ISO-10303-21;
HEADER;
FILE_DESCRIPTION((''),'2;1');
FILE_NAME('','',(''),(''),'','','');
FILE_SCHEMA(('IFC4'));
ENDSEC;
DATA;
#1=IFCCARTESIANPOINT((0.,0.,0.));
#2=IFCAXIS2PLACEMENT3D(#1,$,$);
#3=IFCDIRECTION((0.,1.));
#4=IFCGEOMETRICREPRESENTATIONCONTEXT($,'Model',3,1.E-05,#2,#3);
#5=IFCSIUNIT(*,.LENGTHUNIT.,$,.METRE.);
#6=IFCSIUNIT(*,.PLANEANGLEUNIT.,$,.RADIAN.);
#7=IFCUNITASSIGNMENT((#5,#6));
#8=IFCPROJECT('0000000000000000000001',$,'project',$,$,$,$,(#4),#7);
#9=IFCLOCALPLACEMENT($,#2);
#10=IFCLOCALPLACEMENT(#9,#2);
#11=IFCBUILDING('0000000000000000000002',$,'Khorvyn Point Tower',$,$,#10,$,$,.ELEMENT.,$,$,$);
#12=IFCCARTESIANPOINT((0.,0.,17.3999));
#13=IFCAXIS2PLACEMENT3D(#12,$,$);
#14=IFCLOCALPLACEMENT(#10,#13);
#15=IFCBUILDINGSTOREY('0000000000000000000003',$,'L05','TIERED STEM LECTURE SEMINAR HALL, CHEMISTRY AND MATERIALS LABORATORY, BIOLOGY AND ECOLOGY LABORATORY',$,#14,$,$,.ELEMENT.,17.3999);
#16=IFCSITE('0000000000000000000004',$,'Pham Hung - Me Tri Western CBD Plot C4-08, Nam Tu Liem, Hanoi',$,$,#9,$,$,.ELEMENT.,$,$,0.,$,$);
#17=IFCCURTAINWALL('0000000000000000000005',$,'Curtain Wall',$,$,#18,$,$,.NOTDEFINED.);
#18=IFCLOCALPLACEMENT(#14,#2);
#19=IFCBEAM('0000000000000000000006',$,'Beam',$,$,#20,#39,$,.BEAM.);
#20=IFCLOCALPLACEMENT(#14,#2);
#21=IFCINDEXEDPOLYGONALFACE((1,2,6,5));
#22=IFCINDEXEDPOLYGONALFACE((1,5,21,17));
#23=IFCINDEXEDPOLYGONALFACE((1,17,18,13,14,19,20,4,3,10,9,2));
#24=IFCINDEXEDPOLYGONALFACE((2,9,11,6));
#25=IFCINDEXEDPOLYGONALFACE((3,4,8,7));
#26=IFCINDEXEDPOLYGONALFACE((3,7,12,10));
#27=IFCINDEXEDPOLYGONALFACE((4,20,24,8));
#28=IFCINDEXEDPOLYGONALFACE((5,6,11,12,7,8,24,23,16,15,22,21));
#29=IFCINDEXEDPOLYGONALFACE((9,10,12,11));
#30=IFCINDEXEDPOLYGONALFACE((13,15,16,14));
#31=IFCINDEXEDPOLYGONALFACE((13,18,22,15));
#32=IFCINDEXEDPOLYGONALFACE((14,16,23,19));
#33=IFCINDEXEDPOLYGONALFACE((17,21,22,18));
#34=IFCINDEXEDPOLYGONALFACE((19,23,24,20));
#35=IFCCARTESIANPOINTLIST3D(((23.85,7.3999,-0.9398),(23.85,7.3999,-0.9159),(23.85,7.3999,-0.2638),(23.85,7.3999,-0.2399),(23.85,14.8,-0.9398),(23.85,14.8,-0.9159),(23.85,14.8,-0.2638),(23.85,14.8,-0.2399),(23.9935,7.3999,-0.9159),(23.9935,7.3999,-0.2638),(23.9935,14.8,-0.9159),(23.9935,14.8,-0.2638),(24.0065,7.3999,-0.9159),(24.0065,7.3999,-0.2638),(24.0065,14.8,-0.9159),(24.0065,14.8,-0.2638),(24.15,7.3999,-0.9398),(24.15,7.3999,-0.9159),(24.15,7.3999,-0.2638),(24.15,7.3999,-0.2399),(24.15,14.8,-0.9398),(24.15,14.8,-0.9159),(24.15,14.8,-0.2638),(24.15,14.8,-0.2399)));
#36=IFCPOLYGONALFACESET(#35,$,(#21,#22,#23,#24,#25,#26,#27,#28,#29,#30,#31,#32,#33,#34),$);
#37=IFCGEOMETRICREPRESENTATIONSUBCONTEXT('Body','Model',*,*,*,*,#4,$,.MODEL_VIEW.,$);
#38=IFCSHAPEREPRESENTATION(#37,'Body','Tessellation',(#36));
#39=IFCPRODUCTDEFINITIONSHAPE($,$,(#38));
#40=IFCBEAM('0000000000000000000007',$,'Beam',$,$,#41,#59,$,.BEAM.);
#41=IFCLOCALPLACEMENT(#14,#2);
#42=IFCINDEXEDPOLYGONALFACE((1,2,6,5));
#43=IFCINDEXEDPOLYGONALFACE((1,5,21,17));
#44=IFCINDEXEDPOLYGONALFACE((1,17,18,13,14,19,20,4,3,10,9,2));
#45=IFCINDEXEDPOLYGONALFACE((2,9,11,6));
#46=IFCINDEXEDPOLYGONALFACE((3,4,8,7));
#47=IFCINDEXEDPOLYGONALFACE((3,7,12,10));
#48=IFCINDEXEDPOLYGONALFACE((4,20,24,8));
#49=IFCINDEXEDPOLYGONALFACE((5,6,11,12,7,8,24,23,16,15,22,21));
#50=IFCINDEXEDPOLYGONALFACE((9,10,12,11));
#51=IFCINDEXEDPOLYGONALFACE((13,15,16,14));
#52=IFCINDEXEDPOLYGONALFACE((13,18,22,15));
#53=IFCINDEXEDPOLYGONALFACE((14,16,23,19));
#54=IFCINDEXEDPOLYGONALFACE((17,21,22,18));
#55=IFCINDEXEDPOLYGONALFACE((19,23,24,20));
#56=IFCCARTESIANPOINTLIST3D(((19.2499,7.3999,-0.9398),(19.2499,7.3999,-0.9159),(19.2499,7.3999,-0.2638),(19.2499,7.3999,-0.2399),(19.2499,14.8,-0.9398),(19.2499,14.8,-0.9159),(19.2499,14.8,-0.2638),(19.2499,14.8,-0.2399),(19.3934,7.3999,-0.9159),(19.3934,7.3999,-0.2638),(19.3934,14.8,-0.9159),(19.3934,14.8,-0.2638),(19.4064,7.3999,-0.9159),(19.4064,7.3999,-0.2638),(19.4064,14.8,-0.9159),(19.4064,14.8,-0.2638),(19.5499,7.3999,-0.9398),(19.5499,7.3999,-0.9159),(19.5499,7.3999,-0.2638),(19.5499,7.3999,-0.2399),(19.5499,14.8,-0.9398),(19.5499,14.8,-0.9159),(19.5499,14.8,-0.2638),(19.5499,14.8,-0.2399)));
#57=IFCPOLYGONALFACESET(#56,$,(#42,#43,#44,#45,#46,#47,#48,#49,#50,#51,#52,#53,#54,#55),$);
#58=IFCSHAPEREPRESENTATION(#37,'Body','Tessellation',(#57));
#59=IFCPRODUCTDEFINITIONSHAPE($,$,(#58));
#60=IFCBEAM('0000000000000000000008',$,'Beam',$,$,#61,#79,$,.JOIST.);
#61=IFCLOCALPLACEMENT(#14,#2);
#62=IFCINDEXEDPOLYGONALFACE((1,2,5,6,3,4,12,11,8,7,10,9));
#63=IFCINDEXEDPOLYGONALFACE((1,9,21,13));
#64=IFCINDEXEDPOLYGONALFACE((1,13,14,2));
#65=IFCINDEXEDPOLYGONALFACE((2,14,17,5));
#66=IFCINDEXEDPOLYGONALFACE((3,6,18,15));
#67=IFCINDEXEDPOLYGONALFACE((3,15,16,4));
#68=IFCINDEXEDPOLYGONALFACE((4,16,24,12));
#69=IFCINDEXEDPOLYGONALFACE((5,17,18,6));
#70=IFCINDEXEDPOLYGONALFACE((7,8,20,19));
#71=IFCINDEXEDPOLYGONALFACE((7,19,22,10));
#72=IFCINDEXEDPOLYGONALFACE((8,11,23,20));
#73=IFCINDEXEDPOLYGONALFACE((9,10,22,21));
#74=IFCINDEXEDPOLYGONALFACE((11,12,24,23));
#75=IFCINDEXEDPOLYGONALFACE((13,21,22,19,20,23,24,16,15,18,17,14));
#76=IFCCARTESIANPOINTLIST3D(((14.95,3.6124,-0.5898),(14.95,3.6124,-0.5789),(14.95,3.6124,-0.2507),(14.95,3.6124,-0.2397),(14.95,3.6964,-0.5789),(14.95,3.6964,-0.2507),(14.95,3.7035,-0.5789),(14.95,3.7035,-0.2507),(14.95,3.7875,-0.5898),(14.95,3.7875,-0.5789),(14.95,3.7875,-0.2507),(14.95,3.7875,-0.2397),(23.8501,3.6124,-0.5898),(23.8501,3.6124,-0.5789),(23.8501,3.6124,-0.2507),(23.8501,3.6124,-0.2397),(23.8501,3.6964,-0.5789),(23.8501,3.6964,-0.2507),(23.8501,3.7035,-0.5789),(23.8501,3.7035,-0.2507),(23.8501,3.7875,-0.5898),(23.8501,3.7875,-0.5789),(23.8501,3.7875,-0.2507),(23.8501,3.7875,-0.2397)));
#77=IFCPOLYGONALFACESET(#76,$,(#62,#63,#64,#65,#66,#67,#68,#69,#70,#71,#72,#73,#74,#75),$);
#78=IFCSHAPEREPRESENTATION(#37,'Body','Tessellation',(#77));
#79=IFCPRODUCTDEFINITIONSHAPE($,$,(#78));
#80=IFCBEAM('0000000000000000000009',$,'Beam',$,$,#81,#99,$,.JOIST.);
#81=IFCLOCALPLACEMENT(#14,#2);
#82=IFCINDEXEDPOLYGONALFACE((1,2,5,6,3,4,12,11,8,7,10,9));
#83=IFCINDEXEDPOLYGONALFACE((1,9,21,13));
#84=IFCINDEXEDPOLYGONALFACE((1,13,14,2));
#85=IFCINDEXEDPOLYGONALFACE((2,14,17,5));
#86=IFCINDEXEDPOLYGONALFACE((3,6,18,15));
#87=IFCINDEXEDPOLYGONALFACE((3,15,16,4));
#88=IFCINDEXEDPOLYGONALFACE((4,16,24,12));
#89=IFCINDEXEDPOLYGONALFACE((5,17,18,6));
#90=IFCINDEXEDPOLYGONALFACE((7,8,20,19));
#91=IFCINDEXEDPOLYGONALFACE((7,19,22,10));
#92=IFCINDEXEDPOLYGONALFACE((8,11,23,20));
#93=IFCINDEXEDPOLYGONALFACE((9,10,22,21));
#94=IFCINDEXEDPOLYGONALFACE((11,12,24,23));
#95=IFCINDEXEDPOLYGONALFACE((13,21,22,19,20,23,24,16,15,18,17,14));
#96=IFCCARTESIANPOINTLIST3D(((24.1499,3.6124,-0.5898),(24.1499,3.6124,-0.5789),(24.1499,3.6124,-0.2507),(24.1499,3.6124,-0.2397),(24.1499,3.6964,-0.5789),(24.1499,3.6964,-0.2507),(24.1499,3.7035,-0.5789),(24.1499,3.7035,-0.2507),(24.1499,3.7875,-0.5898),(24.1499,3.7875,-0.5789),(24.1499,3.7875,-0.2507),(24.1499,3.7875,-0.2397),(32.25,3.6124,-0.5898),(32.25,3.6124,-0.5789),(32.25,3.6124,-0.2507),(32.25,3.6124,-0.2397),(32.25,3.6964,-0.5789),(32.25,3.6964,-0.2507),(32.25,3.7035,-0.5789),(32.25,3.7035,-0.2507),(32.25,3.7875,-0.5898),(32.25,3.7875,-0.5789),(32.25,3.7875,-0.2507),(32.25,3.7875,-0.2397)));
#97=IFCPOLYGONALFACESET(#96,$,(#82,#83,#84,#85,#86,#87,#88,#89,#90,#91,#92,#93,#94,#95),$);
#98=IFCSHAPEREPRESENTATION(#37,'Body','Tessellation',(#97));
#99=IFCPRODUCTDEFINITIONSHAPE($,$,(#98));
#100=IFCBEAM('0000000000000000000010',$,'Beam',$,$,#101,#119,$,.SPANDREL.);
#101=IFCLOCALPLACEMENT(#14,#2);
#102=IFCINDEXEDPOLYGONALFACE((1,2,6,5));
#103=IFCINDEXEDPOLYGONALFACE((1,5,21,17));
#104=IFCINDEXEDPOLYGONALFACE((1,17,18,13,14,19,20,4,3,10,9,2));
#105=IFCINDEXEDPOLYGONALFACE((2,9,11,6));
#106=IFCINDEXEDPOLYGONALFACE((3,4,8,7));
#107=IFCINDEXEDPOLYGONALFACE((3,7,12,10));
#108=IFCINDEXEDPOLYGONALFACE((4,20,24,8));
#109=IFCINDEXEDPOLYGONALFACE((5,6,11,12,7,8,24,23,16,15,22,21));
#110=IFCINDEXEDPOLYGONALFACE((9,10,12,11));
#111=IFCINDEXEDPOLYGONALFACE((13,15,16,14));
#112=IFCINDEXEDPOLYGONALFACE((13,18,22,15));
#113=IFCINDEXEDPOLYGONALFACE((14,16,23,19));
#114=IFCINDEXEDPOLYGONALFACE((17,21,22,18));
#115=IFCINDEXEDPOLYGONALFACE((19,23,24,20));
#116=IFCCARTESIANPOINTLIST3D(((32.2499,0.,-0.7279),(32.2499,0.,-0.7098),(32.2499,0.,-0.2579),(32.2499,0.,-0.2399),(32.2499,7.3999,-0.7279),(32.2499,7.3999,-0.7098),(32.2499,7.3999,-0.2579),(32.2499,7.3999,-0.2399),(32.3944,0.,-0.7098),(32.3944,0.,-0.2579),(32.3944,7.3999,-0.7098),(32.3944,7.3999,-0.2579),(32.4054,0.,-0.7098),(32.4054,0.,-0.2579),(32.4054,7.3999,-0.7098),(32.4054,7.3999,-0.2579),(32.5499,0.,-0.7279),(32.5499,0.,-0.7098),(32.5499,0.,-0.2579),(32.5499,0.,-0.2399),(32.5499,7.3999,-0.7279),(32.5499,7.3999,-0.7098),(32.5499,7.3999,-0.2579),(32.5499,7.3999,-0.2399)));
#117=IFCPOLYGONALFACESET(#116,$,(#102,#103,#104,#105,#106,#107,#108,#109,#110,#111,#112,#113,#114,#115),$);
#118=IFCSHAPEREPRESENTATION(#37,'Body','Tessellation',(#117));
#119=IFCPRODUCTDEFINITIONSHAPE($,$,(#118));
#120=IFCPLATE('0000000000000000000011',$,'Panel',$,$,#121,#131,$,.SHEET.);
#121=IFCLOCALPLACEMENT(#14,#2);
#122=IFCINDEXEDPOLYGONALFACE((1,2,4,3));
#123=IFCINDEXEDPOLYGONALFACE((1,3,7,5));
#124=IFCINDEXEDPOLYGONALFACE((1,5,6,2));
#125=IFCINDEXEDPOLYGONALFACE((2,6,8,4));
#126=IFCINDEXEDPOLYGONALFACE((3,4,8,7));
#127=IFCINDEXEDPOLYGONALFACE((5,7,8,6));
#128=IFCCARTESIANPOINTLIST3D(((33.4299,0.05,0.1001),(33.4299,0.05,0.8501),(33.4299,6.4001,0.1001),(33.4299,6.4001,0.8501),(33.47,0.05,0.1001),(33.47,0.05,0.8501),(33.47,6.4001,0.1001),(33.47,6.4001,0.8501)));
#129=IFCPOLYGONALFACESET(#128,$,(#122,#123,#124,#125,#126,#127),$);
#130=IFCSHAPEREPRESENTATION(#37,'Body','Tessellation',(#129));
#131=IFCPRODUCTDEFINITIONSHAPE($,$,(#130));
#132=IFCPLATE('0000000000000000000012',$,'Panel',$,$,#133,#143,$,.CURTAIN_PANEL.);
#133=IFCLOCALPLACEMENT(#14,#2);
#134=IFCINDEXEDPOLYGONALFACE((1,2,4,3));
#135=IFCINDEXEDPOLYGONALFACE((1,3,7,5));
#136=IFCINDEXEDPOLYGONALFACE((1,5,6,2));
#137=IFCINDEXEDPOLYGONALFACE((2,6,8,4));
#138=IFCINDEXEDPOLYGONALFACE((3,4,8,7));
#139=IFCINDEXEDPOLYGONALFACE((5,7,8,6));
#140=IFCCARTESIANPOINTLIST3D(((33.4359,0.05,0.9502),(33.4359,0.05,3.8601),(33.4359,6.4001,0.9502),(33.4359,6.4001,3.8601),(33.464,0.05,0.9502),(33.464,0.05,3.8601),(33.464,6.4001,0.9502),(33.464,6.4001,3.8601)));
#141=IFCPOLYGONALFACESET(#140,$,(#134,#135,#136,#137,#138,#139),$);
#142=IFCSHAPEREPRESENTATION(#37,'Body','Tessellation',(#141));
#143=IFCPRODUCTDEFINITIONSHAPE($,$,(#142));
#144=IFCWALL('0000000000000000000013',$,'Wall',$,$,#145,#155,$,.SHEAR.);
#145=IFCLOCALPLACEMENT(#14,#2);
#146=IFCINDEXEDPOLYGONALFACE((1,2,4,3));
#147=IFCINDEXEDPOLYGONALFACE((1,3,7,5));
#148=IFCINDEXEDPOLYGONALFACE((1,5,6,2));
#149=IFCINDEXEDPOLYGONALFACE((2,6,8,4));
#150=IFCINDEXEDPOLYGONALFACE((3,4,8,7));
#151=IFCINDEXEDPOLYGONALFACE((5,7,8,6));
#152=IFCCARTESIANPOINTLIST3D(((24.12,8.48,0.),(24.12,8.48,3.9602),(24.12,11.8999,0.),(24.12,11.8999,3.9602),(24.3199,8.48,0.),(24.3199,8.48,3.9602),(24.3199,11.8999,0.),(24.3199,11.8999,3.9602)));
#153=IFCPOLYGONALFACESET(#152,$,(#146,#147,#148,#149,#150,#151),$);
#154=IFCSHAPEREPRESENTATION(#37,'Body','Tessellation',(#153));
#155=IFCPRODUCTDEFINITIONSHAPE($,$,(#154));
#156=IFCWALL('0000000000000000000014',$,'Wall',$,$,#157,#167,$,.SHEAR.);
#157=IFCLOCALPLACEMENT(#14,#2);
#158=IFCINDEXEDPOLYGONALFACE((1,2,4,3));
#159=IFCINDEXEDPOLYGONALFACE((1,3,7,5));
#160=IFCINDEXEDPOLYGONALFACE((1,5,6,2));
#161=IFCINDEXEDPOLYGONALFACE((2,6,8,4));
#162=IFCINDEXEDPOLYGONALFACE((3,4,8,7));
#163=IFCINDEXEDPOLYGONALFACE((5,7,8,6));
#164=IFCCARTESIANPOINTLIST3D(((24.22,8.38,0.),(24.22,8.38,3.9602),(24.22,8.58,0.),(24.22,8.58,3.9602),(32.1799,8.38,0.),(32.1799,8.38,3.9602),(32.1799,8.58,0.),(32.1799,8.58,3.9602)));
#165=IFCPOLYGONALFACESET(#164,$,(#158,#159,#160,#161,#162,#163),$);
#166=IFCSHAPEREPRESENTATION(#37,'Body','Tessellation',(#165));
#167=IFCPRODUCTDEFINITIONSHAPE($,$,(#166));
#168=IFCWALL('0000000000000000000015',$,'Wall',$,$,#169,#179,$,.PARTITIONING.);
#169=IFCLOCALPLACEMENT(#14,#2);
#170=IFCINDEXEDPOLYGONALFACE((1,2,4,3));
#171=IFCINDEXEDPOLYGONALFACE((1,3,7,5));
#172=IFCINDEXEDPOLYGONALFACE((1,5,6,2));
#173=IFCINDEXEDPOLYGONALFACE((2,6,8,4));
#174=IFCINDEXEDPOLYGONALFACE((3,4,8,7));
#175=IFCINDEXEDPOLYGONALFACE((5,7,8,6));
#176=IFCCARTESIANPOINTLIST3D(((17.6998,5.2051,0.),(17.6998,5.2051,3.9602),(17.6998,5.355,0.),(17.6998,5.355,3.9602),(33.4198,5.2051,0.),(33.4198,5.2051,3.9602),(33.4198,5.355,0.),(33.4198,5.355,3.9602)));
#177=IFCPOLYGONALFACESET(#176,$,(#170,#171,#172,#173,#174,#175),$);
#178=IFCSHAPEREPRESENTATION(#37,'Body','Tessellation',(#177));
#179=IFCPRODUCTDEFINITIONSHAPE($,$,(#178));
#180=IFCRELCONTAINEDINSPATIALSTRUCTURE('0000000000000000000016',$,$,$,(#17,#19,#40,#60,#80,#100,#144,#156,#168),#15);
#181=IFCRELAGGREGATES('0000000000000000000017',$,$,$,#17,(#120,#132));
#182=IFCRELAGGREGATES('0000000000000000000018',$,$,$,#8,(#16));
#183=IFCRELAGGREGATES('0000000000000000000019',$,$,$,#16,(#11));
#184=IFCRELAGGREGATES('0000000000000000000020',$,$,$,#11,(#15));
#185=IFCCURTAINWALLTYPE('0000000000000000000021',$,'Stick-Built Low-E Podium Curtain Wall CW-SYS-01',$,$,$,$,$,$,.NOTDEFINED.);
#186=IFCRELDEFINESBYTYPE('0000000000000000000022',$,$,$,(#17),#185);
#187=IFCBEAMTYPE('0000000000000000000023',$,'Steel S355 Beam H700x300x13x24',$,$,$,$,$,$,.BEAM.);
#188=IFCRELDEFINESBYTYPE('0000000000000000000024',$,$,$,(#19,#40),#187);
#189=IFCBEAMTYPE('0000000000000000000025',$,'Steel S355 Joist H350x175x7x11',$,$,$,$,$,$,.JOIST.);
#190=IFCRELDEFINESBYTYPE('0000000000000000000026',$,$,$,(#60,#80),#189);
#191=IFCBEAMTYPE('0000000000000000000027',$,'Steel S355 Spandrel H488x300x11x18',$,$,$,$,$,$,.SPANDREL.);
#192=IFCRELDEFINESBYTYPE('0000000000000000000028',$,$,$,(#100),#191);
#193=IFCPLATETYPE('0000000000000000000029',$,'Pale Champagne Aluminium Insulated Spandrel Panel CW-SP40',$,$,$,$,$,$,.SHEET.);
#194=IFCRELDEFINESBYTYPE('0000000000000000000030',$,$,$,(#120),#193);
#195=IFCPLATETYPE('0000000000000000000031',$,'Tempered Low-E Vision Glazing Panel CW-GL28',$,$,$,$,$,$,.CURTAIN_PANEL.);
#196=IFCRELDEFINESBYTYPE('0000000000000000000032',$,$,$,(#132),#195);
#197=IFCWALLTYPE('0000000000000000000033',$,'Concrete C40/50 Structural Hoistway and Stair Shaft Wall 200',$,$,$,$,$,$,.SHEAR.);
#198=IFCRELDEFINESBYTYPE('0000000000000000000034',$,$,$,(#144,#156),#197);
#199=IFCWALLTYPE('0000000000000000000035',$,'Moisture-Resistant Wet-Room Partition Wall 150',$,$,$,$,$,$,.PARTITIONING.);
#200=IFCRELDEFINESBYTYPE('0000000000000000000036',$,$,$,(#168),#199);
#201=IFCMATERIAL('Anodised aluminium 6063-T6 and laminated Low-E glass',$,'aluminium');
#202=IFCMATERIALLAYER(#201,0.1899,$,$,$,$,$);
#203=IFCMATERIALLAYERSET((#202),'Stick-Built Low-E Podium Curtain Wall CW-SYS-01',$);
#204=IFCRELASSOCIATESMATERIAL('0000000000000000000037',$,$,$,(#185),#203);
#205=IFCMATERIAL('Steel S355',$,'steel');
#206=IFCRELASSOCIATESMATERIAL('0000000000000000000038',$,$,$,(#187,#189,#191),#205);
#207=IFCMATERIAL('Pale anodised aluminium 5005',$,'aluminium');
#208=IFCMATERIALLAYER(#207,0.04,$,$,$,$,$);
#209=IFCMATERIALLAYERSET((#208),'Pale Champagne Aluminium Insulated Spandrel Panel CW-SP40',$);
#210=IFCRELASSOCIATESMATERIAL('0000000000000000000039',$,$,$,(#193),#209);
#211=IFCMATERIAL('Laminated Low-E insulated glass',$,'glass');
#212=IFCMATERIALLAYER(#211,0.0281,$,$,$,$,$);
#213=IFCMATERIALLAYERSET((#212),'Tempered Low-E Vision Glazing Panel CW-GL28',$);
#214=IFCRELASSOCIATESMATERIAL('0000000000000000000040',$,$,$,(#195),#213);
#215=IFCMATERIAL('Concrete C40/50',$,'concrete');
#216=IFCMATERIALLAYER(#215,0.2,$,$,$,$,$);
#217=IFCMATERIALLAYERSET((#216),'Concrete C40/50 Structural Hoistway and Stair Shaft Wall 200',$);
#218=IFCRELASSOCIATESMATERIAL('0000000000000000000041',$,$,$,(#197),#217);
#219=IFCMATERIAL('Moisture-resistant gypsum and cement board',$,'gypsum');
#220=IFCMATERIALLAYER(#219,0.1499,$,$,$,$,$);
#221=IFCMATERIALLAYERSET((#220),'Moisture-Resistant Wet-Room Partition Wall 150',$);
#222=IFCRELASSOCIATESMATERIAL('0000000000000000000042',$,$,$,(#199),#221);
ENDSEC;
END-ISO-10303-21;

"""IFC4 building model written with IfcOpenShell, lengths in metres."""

from ifc_helpers import new_model, si_unit, direction, frame, frame_2d, origin, origin_2d, place, context, subcontext, project, spatial, rectangle, i_section, extrude, material, layer, layer_set, material_profile, profile_set, type_object, element, aggregate, save


model = new_model("IFC4")

# Units and contexts
model_context = context("Model", 3, precision=1e-05, world=origin(), true_north=direction((0.0, 1.0)))
body_context = subcontext(model_context, "Body", "Model", "MODEL_VIEW")
ifc_project = project(units=[si_unit("LENGTHUNIT", "METRE"), si_unit("PLANEANGLEUNIT", "RADIAN")], contexts=[model_context])

# Site, building, storey
site_placement = place(None, origin())
site = spatial("IfcSite", under=ifc_project, at=site_placement, Name="Pham Hung - Me Tri Western CBD Plot C4-08, Nam Tu Liem, Hanoi", CompositionType="ELEMENT", RefElevation=0.0)
building_placement = place(site_placement, origin())
building = spatial("IfcBuilding", under=site, at=building_placement, Name="Khorvyn Point Tower", CompositionType="ELEMENT")
storey_placement = place(building_placement, frame((0.0, 0.0, 17.3999)))
storey = spatial("IfcBuildingStorey", under=building, at=storey_placement, Name="L05", Description="TIERED STEM LECTURE SEMINAR HALL, CHEMISTRY AND MATERIALS LABORATORY, BIOLOGY AND ECOLOGY LABORATORY", CompositionType="ELEMENT", Elevation=17.3999)

# Shared definitions
ifc_material_1 = material(Name="Concrete C40/50", Category="concrete")

# Curtain wall
ifc_material_2 = material(Name="Anodised aluminium 6063-T6 and laminated Low-E glass", Category="aluminium")
ifc_layer_1 = layer(ifc_material_2, 0.1899)
ifc_layer_set_1 = layer_set([ifc_layer_1], Name="Stick-Built Low-E Podium Curtain Wall CW-SYS-01")
curtain_wall_type = type_object("IfcCurtainWallType", Name="Stick-Built Low-E Podium Curtain Wall CW-SYS-01", PredefinedType="NOTDEFINED", material=ifc_layer_set_1)
curtain_wall_placement = place(storey_placement, origin())
curtain_wall = element("IfcCurtainWall", 1, at=curtain_wall_placement, inside=storey, type_object=curtain_wall_type, Name="Curtain Wall", PredefinedType="NOTDEFINED")

# Beams
ifc_material_3 = material(Name="Steel S355", Category="steel")
ifc_material_profile_1 = material_profile(ifc_material_3, i_section(OverallWidth=0.3, OverallDepth=0.7, WebThickness=0.0129, FlangeThickness=0.0239, at=origin_2d()))
ifc_profile_set_1 = profile_set([ifc_material_profile_1], Name="Steel S355 H700x300x13x24")
beam_type_1 = type_object("IfcBeamType", Name="Steel S355 Beam H700x300x13x24", PredefinedType="BEAM", material=ifc_profile_set_1)
for number, where, z_axis, x_axis, name in (
    (2, (24.0, 7.3999, -0.5898), (0.0, 1.0, 0.0), (-1.0, 0.0, 0.0), "Beam"),
    (3, (19.3999, 7.3999, -0.5898), (0.0, 1.0, 0.0), (-1.0, 0.0, 0.0), "Beam"),
):
    element("IfcBeam", number, at=place(storey_placement, frame(where, z_axis=z_axis, x_axis=x_axis)), inside=storey, type_object=beam_type_1, Name=name, PredefinedType="BEAM", context=body_context, shape_type="SweptSolid", body=[
        extrude(i_section(OverallWidth=0.3, OverallDepth=0.7, WebThickness=0.0129, FlangeThickness=0.0239, at=origin_2d()), origin(), (0.0, 0.0, 1.0), 7.4001),
    ])
ifc_material_profile_2 = material_profile(ifc_material_3, i_section(OverallWidth=0.175, OverallDepth=0.3501, WebThickness=0.0071, FlangeThickness=0.011, at=origin_2d()))
ifc_profile_set_2 = profile_set([ifc_material_profile_2], Name="Steel S355 H350x175x7x11")
beam_type_2 = type_object("IfcBeamType", Name="Steel S355 Joist H350x175x7x11", PredefinedType="JOIST", material=ifc_profile_set_2)
beam_1_placement = place(storey_placement, frame((14.95, 3.7, -0.4148), z_axis=(1.0, 0.0, 0.0), x_axis=(0.0, 1.0, 0.0)))
element("IfcBeam", 4, at=beam_1_placement, inside=storey, type_object=beam_type_2, Name="Beam", PredefinedType="JOIST", context=body_context, shape_type="SweptSolid", body=[
    extrude(i_section(OverallWidth=0.175, OverallDepth=0.3501, WebThickness=0.0071, FlangeThickness=0.011, at=origin_2d()), origin(), (0.0, 0.0, 1.0), 8.9001),
])
beam_2_placement = place(storey_placement, frame((24.1499, 3.7, -0.4148), z_axis=(1.0, 0.0, 0.0), x_axis=(0.0, 1.0, 0.0)))
element("IfcBeam", 5, at=beam_2_placement, inside=storey, type_object=beam_type_2, Name="Beam", PredefinedType="JOIST", context=body_context, shape_type="SweptSolid", body=[
    extrude(i_section(OverallWidth=0.175, OverallDepth=0.3501, WebThickness=0.0071, FlangeThickness=0.011, at=origin_2d()), origin(), (0.0, 0.0, 1.0), 8.1001),
])
ifc_material_profile_3 = material_profile(ifc_material_3, i_section(OverallWidth=0.3, OverallDepth=0.488, WebThickness=0.011, FlangeThickness=0.0181, at=origin_2d()))
ifc_profile_set_3 = profile_set([ifc_material_profile_3], Name="Steel S355 H488x300x11x18")
beam_type_3 = type_object("IfcBeamType", Name="Steel S355 Spandrel H488x300x11x18", PredefinedType="SPANDREL", material=ifc_profile_set_3)
beam_3_placement = place(storey_placement, frame((32.3999, 0.0, -0.4839), z_axis=(0.0, 1.0, 0.0), x_axis=(-1.0, 0.0, 0.0)))
element("IfcBeam", 6, at=beam_3_placement, inside=storey, type_object=beam_type_3, Name="Beam", PredefinedType="SPANDREL", context=body_context, shape_type="SweptSolid", body=[
    extrude(i_section(OverallWidth=0.3, OverallDepth=0.488, WebThickness=0.011, FlangeThickness=0.0181, at=origin_2d()), origin(), (0.0, 0.0, 1.0), 7.3999),
])

# Plates
ifc_material_4 = material(Name="Pale anodised aluminium 5005", Category="aluminium")
ifc_layer_2 = layer(ifc_material_4, 0.04)
ifc_layer_set_2 = layer_set([ifc_layer_2], Name="Pale Champagne Aluminium Insulated Spandrel Panel CW-SP40")
plate_type_1 = type_object("IfcPlateType", Name="Pale Champagne Aluminium Insulated Spandrel Panel CW-SP40", PredefinedType="SHEET", material=ifc_layer_set_2)
plate_1_placement = place(storey_placement, frame((33.45, 3.2251, 0.1001), z_axis=(0.0, 0.0, 1.0), x_axis=(0.0, 1.0, 0.0)))
plate_1 = element("IfcPlate", 7, at=plate_1_placement, type_object=plate_type_1, Name="Panel", PredefinedType="SHEET", context=body_context, shape_type="SweptSolid", body=[
    extrude(rectangle(XDim=6.3501, YDim=0.04, at=origin_2d()), origin(), (0.0, 0.0, 1.0), 0.75),
])
ifc_material_5 = material(Name="Laminated Low-E insulated glass", Category="glass")
ifc_layer_3 = layer(ifc_material_5, 0.0281)
ifc_layer_set_3 = layer_set([ifc_layer_3], Name="Tempered Low-E Vision Glazing Panel CW-GL28")
plate_type_2 = type_object("IfcPlateType", Name="Tempered Low-E Vision Glazing Panel CW-GL28", PredefinedType="CURTAIN_PANEL", material=ifc_layer_set_3)
plate_2_placement = place(storey_placement, frame((33.45, 3.2251, 0.9502), z_axis=(0.0, 0.0, 1.0), x_axis=(0.0, 1.0, 0.0)))
plate_2 = element("IfcPlate", 8, at=plate_2_placement, type_object=plate_type_2, Name="Panel", PredefinedType="CURTAIN_PANEL", context=body_context, shape_type="SweptSolid", body=[
    extrude(rectangle(XDim=6.3501, YDim=0.0281, at=origin_2d()), origin(), (0.0, 0.0, 1.0), 2.9099),
])
aggregate(curtain_wall, [plate_1, plate_2])

# Walls
ifc_layer_4 = layer(ifc_material_1, 0.2)
ifc_layer_set_4 = layer_set([ifc_layer_4], Name="Concrete C40/50 Structural Hoistway and Stair Shaft Wall 200")
wall_type_1 = type_object("IfcWallType", Name="Concrete C40/50 Structural Hoistway and Stair Shaft Wall 200", PredefinedType="SHEAR", material=ifc_layer_set_4)
wall_1_placement = place(storey_placement, frame((24.22, 8.48, 0.0), z_axis=(0.0, 0.0, 1.0), x_axis=(0.0, 1.0, 0.0)))
element("IfcWall", 9, at=wall_1_placement, inside=storey, type_object=wall_type_1, Name="Wall", PredefinedType="SHEAR", context=body_context, shape_type="SweptSolid", body=[
    extrude(rectangle(XDim=3.4199, YDim=0.2, at=frame_2d((1.71, 0.0))), origin(), (0.0, 0.0, 1.0), 3.9602),
])
wall_2_placement = place(storey_placement, frame((32.1799, 8.48, 0.0), z_axis=(0.0, 0.0, 1.0), x_axis=(-1.0, 0.0, 0.0)))
element("IfcWall", 10, at=wall_2_placement, inside=storey, type_object=wall_type_1, Name="Wall", PredefinedType="SHEAR", context=body_context, shape_type="SweptSolid", body=[
    extrude(rectangle(XDim=7.96, YDim=0.2, at=frame_2d((3.98, 0.0))), origin(), (0.0, 0.0, 1.0), 3.9602),
])
ifc_material_6 = material(Name="Moisture-resistant gypsum and cement board", Category="gypsum")
ifc_layer_5 = layer(ifc_material_6, 0.1499)
ifc_layer_set_5 = layer_set([ifc_layer_5], Name="Moisture-Resistant Wet-Room Partition Wall 150")
wall_type_2 = type_object("IfcWallType", Name="Moisture-Resistant Wet-Room Partition Wall 150", PredefinedType="PARTITIONING", material=ifc_layer_set_5)
wall_3_placement = place(storey_placement, frame((17.7, 5.28, 0.0), z_axis=(0.0, 0.0, 1.0), x_axis=(1.0, 0.0, 0.0)))
element("IfcWall", 11, at=wall_3_placement, inside=storey, type_object=wall_type_2, Name="Wall", PredefinedType="PARTITIONING", context=body_context, shape_type="SweptSolid", body=[
    extrude(rectangle(XDim=15.72, YDim=0.1499, at=frame_2d((7.8599, 0.0))), origin(), (0.0, 0.0, 1.0), 3.9602),
])

save(model, "model.ifc")
